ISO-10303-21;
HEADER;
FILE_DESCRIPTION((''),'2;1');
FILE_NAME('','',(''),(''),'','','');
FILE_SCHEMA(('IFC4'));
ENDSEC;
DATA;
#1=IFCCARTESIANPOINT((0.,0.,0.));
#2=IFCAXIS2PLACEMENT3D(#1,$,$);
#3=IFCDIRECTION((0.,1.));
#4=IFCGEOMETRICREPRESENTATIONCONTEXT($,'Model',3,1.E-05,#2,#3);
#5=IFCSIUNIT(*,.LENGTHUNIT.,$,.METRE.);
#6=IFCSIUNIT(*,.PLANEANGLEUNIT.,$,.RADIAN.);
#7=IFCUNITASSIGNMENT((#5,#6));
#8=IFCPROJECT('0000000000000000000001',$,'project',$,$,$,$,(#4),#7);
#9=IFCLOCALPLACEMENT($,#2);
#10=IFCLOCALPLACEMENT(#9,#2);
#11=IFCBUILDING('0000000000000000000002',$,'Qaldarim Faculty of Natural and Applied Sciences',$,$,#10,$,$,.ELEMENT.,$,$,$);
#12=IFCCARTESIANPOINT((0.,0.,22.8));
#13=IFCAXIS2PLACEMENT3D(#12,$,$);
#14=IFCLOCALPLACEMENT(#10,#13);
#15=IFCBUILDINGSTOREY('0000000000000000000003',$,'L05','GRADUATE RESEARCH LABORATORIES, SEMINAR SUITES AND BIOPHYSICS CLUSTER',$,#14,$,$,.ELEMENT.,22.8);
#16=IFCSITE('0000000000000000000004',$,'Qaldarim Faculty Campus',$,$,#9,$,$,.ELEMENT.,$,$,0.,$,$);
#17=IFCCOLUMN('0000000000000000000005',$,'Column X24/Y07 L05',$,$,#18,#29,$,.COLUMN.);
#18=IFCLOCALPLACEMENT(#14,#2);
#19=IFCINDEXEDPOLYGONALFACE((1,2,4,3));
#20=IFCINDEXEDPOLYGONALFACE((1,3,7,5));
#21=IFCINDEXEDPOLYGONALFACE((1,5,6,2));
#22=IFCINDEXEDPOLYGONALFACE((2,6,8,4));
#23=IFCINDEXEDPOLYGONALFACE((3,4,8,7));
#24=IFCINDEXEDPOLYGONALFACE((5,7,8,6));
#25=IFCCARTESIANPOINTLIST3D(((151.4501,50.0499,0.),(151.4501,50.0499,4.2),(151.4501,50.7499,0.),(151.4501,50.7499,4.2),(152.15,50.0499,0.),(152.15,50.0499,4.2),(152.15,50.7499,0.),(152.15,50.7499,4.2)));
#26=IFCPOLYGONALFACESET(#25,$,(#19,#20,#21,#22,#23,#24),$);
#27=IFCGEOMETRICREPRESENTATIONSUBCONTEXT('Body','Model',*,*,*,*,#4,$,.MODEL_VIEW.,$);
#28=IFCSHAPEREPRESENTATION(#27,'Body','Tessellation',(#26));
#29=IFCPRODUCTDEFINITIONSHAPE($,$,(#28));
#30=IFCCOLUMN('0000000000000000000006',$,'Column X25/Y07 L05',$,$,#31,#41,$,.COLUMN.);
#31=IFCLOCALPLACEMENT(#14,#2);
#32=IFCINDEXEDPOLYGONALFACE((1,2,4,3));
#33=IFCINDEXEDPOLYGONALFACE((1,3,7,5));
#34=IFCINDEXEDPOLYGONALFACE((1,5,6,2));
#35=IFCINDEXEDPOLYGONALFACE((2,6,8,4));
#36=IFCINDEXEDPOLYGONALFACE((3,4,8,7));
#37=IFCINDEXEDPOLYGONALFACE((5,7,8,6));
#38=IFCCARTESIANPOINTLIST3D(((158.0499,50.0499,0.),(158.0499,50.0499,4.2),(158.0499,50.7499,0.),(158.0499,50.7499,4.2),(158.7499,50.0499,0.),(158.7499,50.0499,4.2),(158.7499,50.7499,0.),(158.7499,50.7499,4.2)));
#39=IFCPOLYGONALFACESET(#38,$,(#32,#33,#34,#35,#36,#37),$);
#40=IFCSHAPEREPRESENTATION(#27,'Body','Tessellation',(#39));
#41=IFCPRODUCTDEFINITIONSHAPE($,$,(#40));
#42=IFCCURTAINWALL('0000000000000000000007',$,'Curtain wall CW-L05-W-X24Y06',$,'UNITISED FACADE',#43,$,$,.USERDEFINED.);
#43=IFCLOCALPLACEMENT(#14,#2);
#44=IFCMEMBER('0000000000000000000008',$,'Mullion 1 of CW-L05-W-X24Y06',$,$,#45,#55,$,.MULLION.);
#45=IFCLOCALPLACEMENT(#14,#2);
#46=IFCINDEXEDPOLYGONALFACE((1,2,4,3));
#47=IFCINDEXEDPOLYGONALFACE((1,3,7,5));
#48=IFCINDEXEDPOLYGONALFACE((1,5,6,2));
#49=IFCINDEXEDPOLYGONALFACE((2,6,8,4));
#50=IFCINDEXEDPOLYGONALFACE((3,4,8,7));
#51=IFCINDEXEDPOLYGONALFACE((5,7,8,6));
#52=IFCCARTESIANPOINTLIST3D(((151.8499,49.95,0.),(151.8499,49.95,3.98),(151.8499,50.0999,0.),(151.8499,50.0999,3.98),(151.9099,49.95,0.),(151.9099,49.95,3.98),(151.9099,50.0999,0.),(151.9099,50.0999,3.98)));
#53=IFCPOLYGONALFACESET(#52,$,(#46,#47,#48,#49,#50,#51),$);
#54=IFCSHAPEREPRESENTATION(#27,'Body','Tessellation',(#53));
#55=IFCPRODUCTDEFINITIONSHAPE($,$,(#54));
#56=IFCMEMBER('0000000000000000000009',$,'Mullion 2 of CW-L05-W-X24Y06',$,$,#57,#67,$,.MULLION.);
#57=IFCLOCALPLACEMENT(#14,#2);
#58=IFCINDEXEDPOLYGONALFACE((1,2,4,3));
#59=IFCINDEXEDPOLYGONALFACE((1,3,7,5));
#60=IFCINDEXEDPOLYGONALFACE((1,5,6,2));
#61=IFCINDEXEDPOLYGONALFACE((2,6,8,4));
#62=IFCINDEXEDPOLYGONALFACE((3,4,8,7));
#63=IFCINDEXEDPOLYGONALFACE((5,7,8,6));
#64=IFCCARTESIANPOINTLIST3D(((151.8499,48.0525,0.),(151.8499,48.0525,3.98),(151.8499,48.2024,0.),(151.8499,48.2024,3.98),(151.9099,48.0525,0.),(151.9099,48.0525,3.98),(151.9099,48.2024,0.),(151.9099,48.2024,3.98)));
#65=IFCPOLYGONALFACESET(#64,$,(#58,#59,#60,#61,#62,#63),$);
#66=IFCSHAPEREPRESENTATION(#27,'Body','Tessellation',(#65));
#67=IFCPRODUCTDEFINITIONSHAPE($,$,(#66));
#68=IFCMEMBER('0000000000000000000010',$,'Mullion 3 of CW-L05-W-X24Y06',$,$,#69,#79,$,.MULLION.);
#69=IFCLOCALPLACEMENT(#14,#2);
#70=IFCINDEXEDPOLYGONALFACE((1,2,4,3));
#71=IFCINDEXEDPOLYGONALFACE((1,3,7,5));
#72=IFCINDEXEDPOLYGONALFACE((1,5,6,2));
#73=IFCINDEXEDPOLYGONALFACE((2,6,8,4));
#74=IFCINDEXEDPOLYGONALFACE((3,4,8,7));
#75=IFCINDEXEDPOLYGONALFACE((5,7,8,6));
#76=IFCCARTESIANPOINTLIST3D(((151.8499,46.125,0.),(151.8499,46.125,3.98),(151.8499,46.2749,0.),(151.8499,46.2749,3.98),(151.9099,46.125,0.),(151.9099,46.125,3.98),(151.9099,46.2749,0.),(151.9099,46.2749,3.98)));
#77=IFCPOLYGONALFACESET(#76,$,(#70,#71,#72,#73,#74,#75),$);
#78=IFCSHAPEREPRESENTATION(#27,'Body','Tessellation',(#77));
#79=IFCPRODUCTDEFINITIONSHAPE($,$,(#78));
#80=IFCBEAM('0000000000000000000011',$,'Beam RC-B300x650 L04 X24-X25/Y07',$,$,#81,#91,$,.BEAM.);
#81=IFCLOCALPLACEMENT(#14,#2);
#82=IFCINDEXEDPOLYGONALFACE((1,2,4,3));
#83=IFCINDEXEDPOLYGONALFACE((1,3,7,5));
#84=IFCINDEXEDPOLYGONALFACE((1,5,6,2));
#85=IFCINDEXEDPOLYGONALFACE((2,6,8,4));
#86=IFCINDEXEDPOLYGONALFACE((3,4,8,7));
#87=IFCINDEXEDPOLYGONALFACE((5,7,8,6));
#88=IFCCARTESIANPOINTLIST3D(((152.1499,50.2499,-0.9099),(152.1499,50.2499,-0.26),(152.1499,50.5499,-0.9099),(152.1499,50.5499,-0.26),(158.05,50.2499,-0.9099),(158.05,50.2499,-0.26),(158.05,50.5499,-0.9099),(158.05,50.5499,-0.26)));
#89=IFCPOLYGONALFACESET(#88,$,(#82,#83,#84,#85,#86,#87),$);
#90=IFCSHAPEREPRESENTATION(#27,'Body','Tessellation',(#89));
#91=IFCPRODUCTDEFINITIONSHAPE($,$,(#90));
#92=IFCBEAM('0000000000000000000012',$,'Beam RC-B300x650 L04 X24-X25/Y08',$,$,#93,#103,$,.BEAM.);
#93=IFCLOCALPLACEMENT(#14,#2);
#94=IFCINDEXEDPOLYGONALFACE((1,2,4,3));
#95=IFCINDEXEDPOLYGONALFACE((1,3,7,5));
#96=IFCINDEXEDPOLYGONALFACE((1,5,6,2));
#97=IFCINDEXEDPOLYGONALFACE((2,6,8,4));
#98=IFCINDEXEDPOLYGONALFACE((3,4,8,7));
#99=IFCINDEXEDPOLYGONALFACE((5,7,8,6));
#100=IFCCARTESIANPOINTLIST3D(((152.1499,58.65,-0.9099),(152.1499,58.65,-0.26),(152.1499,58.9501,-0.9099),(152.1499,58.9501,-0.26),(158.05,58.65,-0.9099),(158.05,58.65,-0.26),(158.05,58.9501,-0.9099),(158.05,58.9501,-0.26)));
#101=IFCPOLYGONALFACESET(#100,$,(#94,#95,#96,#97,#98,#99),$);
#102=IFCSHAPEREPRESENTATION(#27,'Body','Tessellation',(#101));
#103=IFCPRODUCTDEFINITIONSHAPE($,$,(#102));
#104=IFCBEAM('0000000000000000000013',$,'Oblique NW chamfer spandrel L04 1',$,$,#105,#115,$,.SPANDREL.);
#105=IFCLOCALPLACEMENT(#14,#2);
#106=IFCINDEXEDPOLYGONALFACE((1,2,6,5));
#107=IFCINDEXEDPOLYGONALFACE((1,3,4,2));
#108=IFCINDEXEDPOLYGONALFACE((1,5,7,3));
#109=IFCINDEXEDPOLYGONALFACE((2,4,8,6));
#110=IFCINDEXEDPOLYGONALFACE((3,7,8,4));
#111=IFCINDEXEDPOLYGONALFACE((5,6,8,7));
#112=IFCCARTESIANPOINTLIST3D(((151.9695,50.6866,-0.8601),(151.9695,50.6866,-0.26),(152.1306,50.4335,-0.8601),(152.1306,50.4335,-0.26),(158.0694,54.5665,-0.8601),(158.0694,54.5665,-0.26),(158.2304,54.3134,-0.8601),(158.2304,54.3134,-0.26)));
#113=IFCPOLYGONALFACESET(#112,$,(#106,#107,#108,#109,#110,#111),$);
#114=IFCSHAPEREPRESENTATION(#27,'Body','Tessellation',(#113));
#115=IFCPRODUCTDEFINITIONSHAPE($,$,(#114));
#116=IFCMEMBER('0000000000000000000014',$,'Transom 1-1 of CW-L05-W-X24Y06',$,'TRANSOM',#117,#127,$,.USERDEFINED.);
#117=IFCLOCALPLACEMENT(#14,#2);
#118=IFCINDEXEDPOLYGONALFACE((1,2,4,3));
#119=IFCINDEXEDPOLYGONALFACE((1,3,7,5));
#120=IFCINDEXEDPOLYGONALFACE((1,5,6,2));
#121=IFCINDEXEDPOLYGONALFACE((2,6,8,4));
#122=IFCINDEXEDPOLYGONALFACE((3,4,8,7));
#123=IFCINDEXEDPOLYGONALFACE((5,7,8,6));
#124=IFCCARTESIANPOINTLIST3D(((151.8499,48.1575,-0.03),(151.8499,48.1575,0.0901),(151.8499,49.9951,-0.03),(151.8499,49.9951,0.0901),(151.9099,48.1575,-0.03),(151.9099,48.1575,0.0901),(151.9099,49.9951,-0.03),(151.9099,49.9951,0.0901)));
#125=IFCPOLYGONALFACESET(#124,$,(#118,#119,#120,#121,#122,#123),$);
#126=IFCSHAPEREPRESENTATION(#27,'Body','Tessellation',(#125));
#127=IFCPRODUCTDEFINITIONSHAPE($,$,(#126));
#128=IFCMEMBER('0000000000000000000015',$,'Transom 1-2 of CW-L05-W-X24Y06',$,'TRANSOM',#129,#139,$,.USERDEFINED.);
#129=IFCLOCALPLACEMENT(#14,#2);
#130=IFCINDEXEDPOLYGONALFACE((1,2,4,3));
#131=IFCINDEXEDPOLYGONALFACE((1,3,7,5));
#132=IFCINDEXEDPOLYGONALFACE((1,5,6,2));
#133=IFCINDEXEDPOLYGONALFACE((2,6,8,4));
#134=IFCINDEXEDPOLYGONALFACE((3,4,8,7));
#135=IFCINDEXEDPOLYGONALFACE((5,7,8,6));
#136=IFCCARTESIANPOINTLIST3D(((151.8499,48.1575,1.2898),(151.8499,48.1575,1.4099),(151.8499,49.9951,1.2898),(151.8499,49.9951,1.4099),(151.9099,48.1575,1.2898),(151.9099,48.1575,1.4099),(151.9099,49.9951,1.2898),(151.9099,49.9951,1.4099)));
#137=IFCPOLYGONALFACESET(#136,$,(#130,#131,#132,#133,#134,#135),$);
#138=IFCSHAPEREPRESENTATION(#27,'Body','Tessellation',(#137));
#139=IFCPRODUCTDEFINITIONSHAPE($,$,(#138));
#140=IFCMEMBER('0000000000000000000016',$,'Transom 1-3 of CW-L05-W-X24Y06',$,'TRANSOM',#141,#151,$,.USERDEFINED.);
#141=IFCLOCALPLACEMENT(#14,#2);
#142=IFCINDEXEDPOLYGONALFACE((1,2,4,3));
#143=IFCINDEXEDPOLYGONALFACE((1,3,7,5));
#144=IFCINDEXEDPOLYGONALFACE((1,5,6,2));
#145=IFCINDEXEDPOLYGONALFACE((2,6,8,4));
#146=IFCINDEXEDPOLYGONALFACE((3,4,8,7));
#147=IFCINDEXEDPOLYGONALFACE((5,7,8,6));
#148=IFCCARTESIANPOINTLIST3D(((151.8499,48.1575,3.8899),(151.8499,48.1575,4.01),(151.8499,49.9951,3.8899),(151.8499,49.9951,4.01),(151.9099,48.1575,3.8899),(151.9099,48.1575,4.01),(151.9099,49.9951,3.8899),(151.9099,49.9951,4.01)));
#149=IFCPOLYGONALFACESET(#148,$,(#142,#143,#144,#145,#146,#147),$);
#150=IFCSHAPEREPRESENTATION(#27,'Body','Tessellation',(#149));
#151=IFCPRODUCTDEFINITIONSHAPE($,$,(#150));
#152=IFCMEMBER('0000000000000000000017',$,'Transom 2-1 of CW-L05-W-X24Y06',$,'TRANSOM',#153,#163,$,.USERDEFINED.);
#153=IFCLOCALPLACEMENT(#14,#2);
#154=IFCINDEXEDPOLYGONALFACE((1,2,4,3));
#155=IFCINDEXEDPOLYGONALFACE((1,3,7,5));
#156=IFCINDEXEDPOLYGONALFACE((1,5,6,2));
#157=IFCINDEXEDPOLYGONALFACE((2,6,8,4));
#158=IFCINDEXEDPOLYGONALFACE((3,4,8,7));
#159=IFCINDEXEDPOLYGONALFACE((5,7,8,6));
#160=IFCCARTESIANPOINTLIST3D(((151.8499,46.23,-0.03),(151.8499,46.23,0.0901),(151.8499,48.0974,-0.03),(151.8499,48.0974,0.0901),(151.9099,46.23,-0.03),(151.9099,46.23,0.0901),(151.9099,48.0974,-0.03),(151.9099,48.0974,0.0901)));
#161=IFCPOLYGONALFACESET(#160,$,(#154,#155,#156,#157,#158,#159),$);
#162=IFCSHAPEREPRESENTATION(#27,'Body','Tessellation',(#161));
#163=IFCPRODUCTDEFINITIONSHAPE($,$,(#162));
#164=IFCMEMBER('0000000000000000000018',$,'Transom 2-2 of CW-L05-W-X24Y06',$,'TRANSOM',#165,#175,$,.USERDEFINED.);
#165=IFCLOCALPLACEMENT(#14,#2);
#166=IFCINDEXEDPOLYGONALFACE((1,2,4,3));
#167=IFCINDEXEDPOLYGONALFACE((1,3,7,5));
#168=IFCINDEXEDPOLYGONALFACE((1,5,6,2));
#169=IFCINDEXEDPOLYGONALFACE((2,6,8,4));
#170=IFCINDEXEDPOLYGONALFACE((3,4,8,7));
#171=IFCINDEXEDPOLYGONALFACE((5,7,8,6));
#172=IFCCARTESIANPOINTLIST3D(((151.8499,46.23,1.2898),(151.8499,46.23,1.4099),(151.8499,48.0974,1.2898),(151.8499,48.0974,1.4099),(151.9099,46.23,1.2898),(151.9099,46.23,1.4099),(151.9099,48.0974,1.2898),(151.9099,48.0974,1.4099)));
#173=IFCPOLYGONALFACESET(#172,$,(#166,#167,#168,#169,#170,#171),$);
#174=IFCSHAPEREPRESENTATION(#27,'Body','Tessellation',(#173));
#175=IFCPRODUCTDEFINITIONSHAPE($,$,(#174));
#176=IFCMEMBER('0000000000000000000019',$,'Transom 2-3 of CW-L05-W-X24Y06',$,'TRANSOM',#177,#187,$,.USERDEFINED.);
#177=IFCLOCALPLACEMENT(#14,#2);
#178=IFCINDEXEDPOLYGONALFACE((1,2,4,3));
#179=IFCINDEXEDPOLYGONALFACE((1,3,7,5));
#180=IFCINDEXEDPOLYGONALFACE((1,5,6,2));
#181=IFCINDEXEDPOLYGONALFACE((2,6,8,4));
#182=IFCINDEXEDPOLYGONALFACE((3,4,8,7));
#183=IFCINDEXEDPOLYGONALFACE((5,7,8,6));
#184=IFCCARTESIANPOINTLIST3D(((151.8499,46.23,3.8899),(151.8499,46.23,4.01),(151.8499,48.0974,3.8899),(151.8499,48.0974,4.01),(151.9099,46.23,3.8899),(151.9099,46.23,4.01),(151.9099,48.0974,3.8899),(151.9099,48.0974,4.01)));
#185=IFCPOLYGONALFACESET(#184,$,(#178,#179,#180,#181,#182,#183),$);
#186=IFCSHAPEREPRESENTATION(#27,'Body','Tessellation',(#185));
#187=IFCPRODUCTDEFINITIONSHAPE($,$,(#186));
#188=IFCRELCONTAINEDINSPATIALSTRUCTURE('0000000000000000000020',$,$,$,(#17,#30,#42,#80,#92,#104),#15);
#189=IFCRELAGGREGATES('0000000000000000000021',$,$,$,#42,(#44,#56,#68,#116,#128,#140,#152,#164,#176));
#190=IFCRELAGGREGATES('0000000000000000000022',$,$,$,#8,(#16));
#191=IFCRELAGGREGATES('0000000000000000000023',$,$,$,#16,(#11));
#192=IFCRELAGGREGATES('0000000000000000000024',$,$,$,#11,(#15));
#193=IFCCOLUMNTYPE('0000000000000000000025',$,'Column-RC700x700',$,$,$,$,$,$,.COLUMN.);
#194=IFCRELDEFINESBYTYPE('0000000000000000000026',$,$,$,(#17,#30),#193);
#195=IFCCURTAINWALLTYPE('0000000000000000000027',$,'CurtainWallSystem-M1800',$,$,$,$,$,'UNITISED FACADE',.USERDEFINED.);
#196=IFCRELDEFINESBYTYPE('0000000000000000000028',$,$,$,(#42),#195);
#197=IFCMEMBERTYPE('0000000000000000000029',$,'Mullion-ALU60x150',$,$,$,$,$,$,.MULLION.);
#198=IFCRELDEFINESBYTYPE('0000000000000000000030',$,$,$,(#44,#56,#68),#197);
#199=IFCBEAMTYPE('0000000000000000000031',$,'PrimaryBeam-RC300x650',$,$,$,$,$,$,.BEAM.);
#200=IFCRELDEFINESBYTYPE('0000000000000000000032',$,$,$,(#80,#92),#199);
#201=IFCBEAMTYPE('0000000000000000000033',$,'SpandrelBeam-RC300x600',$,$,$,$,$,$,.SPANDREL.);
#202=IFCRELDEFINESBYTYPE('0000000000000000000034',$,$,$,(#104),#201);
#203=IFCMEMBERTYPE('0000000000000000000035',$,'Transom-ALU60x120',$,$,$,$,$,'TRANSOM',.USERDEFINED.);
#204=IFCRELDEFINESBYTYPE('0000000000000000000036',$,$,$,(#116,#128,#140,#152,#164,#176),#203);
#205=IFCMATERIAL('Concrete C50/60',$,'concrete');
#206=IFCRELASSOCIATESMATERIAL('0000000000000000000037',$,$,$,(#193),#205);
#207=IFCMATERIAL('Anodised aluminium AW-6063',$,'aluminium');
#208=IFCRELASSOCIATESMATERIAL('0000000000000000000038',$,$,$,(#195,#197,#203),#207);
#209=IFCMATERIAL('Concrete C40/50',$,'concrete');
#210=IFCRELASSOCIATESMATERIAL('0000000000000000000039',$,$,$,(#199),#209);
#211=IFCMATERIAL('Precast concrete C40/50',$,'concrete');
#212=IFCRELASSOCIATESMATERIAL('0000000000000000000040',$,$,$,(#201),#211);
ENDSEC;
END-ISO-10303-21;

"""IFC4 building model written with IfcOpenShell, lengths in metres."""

from ifc_helpers import new_model, si_unit, direction, frame, origin, origin_2d, place, context, subcontext, project, spatial, rectangle, extrude, material, material_profile, profile_set, type_object, element, aggregate, save


model = new_model("IFC4")

# Units and contexts
model_context = context("Model", 3, precision=1e-05, world=origin(), true_north=direction((0.0, 1.0)))
body_context = subcontext(model_context, "Body", "Model", "MODEL_VIEW")
ifc_project = project(units=[si_unit("LENGTHUNIT", "METRE"), si_unit("PLANEANGLEUNIT", "RADIAN")], contexts=[model_context])

# Site, building, storey
site_placement = place(None, origin())
site = spatial("IfcSite", under=ifc_project, at=site_placement, Name="Qaldarim Faculty Campus", CompositionType="ELEMENT", RefElevation=0.0)
building_placement = place(site_placement, origin())
building = spatial("IfcBuilding", under=site, at=building_placement, Name="Qaldarim Faculty of Natural and Applied Sciences", CompositionType="ELEMENT")
storey_placement = place(building_placement, frame((0.0, 0.0, 22.8)))
storey = spatial("IfcBuildingStorey", under=building, at=storey_placement, Name="L05", Description="GRADUATE RESEARCH LABORATORIES, SEMINAR SUITES AND BIOPHYSICS CLUSTER", CompositionType="ELEMENT", Elevation=22.8)

# Columns
ifc_material_1 = material(Name="Concrete C50/60", Category="concrete")
ifc_material_profile_1 = material_profile(ifc_material_1, rectangle(XDim=0.7, YDim=0.7, at=origin_2d()), Name="RC-C700x700")
ifc_profile_set_1 = profile_set([ifc_material_profile_1], Name="Concrete C50/60")
column_type = type_object("IfcColumnType", Name="Column-RC700x700", PredefinedType="COLUMN", material=ifc_profile_set_1)
for number, where, z_axis, x_axis, name in (
    (1, (151.8, 50.3999, 0.0), (0.0, 0.0, 1.0), (1.0, 0.0, 0.0), "Column X24/Y07 L05"),
    (2, (158.3999, 50.3999, 0.0), (0.0, 0.0, 1.0), (1.0, 0.0, 0.0), "Column X25/Y07 L05"),
):
    element("IfcColumn", number, at=place(storey_placement, frame(where, z_axis=z_axis, x_axis=x_axis)), inside=storey, type_object=column_type, Name=name, PredefinedType="COLUMN", context=body_context, shape_type="SweptSolid", body=[
        extrude(rectangle(XDim=0.7, YDim=0.7, at=origin_2d()), origin(), (0.0, 0.0, 1.0), 4.2),
    ])

# Curtain wall, members
ifc_material_2 = material(Name="Anodised aluminium AW-6063", Category="aluminium")
curtain_wall_type = type_object("IfcCurtainWallType", Name="CurtainWallSystem-M1800", ElementType="UNITISED FACADE", PredefinedType="USERDEFINED", material=ifc_material_2)
curtain_wall_placement = place(storey_placement, origin())
curtain_wall = element("IfcCurtainWall", 3, at=curtain_wall_placement, inside=storey, type_object=curtain_wall_type, Name="Curtain wall CW-L05-W-X24Y06", ObjectType="UNITISED FACADE", PredefinedType="USERDEFINED")
ifc_material_profile_2 = material_profile(ifc_material_2, rectangle(XDim=0.0601, YDim=0.1499, at=origin_2d()), Name="ALU-M60x150")
ifc_profile_set_2 = profile_set([ifc_material_profile_2], Name="Anodised aluminium AW-6063")
member_type_1 = type_object("IfcMemberType", Name="Mullion-ALU60x150", PredefinedType="MULLION", material=ifc_profile_set_2)
member_1_placement = place(storey_placement, frame((151.8799, 50.0249, 0.0), z_axis=(0.0, 0.0, 1.0), x_axis=(1.0, 0.0, 0.0)))
member_1 = element("IfcMember", 4, at=member_1_placement, type_object=member_type_1, Name="Mullion 1 of CW-L05-W-X24Y06", PredefinedType="MULLION", context=body_context, shape_type="SweptSolid", body=[
    extrude(rectangle(XDim=0.0601, YDim=0.1499, at=origin_2d()), origin(), (0.0, 0.0, 1.0), 3.98),
])
member_2_placement = place(storey_placement, frame((151.8799, 48.1274, 0.0), z_axis=(0.0, 0.0, 1.0), x_axis=(1.0, 0.0, 0.0)))
member_2 = element("IfcMember", 5, at=member_2_placement, type_object=member_type_1, Name="Mullion 2 of CW-L05-W-X24Y06", PredefinedType="MULLION", context=body_context, shape_type="SweptSolid", body=[
    extrude(rectangle(XDim=0.0601, YDim=0.1499, at=origin_2d()), origin(), (0.0, 0.0, 1.0), 3.98),
])
member_3_placement = place(storey_placement, frame((151.8799, 46.2, 0.0), z_axis=(0.0, 0.0, 1.0), x_axis=(1.0, 0.0, 0.0)))
member_3 = element("IfcMember", 6, at=member_3_placement, type_object=member_type_1, Name="Mullion 3 of CW-L05-W-X24Y06", PredefinedType="MULLION", context=body_context, shape_type="SweptSolid", body=[
    extrude(rectangle(XDim=0.0601, YDim=0.1499, at=origin_2d()), origin(), (0.0, 0.0, 1.0), 3.98),
])

# Beams
ifc_material_3 = material(Name="Concrete C40/50", Category="concrete")
ifc_material_profile_3 = material_profile(ifc_material_3, rectangle(XDim=0.3, YDim=0.6499, at=origin_2d()), Name="RC-B300x650")
ifc_profile_set_3 = profile_set([ifc_material_profile_3], Name="Concrete C40/50")
beam_type_1 = type_object("IfcBeamType", Name="PrimaryBeam-RC300x650", PredefinedType="BEAM", material=ifc_profile_set_3)
for number, where, z_axis, x_axis, name in (
    (7, (152.1499, 50.3999, -0.585), (1.0, 0.0, 0.0), (0.0, 1.0, 0.0), "Beam RC-B300x650 L04 X24-X25/Y07"),
    (8, (152.1499, 58.8, -0.585), (1.0, 0.0, 0.0), (0.0, 1.0, 0.0), "Beam RC-B300x650 L04 X24-X25/Y08"),
):
    element("IfcBeam", number, at=place(storey_placement, frame(where, z_axis=z_axis, x_axis=x_axis)), inside=storey, type_object=beam_type_1, Name=name, PredefinedType="BEAM", context=body_context, shape_type="SweptSolid", body=[
        extrude(rectangle(XDim=0.3, YDim=0.6499, at=origin_2d()), origin(), (0.0, 0.0, 1.0), 5.9001),
    ])
ifc_material_4 = material(Name="Precast concrete C40/50", Category="concrete")
ifc_material_profile_4 = material_profile(ifc_material_4, rectangle(XDim=0.3, YDim=0.6001, at=origin_2d()), Name="RC-SP300x600")
ifc_profile_set_4 = profile_set([ifc_material_profile_4], Name="Precast concrete C40/50")
beam_type_2 = type_object("IfcBeamType", Name="SpandrelBeam-RC300x600", PredefinedType="SPANDREL", material=ifc_profile_set_4)
beam_placement = place(storey_placement, frame((152.05, 50.5601, -0.5601), z_axis=(0.843777, 0.536694, 0.0), x_axis=(-0.536694, 0.843777, 0.0)))
element("IfcBeam", 9, at=beam_placement, inside=storey, type_object=beam_type_2, Name="Oblique NW chamfer spandrel L04 1", PredefinedType="SPANDREL", context=body_context, shape_type="SweptSolid", body=[
    extrude(rectangle(XDim=0.3, YDim=0.6001, at=origin_2d()), origin(), (0.0, 0.0, 1.0), 7.2292),
])

# Members
ifc_material_profile_5 = material_profile(ifc_material_2, rectangle(XDim=0.0601, YDim=0.1201, at=origin_2d()), Name="ALU-T60x120")
ifc_profile_set_5 = profile_set([ifc_material_profile_5], Name="Anodised aluminium AW-6063")
member_type_2 = type_object("IfcMemberType", Name="Transom-ALU60x120", ElementType="TRANSOM", PredefinedType="USERDEFINED", material=ifc_profile_set_5)
member_4_placement = place(storey_placement, frame((151.8799, 49.9951, 0.03), z_axis=(0.0, -1.0, 0.0), x_axis=(1.0, 0.0, 0.0)))
member_4 = element("IfcMember", 10, at=member_4_placement, type_object=member_type_2, Name="Transom 1-1 of CW-L05-W-X24Y06", ObjectType="TRANSOM", PredefinedType="USERDEFINED", context=body_context, shape_type="SweptSolid", body=[
    extrude(rectangle(XDim=0.0601, YDim=0.1201, at=origin_2d()), origin(), (0.0, 0.0, 1.0), 1.8376),
])
member_5_placement = place(storey_placement, frame((151.8799, 49.9951, 1.3499), z_axis=(0.0, -1.0, 0.0), x_axis=(1.0, 0.0, 0.0)))
member_5 = element("IfcMember", 11, at=member_5_placement, type_object=member_type_2, Name="Transom 1-2 of CW-L05-W-X24Y06", ObjectType="TRANSOM", PredefinedType="USERDEFINED", context=body_context, shape_type="SweptSolid", body=[
    extrude(rectangle(XDim=0.0601, YDim=0.1201, at=origin_2d()), origin(), (0.0, 0.0, 1.0), 1.8376),
])
member_6_placement = place(storey_placement, frame((151.8799, 49.9951, 3.95), z_axis=(0.0, -1.0, 0.0), x_axis=(1.0, 0.0, 0.0)))
member_6 = element("IfcMember", 12, at=member_6_placement, type_object=member_type_2, Name="Transom 1-3 of CW-L05-W-X24Y06", ObjectType="TRANSOM", PredefinedType="USERDEFINED", context=body_context, shape_type="SweptSolid", body=[
    extrude(rectangle(XDim=0.0601, YDim=0.1201, at=origin_2d()), origin(), (0.0, 0.0, 1.0), 1.8376),
])
member_7_placement = place(storey_placement, frame((151.8799, 48.0974, 0.03), z_axis=(0.0, -1.0, 0.0), x_axis=(1.0, 0.0, 0.0)))
member_7 = element("IfcMember", 13, at=member_7_placement, type_object=member_type_2, Name="Transom 2-1 of CW-L05-W-X24Y06", ObjectType="TRANSOM", PredefinedType="USERDEFINED", context=body_context, shape_type="SweptSolid", body=[
    extrude(rectangle(XDim=0.0601, YDim=0.1201, at=origin_2d()), origin(), (0.0, 0.0, 1.0), 1.8674),
])
member_8_placement = place(storey_placement, frame((151.8799, 48.0974, 1.3499), z_axis=(0.0, -1.0, 0.0), x_axis=(1.0, 0.0, 0.0)))
member_8 = element("IfcMember", 14, at=member_8_placement, type_object=member_type_2, Name="Transom 2-2 of CW-L05-W-X24Y06", ObjectType="TRANSOM", PredefinedType="USERDEFINED", context=body_context, shape_type="SweptSolid", body=[
    extrude(rectangle(XDim=0.0601, YDim=0.1201, at=origin_2d()), origin(), (0.0, 0.0, 1.0), 1.8674),
])
member_9_placement = place(storey_placement, frame((151.8799, 48.0974, 3.95), z_axis=(0.0, -1.0, 0.0), x_axis=(1.0, 0.0, 0.0)))
member_9 = element("IfcMember", 15, at=member_9_placement, type_object=member_type_2, Name="Transom 2-3 of CW-L05-W-X24Y06", ObjectType="TRANSOM", PredefinedType="USERDEFINED", context=body_context, shape_type="SweptSolid", body=[
    extrude(rectangle(XDim=0.0601, YDim=0.1201, at=origin_2d()), origin(), (0.0, 0.0, 1.0), 1.8674),
])

aggregate(curtain_wall, [member_1, member_2, member_3, member_4, member_5, member_6, member_7, member_8, member_9])

save(model, "model.ifc")
